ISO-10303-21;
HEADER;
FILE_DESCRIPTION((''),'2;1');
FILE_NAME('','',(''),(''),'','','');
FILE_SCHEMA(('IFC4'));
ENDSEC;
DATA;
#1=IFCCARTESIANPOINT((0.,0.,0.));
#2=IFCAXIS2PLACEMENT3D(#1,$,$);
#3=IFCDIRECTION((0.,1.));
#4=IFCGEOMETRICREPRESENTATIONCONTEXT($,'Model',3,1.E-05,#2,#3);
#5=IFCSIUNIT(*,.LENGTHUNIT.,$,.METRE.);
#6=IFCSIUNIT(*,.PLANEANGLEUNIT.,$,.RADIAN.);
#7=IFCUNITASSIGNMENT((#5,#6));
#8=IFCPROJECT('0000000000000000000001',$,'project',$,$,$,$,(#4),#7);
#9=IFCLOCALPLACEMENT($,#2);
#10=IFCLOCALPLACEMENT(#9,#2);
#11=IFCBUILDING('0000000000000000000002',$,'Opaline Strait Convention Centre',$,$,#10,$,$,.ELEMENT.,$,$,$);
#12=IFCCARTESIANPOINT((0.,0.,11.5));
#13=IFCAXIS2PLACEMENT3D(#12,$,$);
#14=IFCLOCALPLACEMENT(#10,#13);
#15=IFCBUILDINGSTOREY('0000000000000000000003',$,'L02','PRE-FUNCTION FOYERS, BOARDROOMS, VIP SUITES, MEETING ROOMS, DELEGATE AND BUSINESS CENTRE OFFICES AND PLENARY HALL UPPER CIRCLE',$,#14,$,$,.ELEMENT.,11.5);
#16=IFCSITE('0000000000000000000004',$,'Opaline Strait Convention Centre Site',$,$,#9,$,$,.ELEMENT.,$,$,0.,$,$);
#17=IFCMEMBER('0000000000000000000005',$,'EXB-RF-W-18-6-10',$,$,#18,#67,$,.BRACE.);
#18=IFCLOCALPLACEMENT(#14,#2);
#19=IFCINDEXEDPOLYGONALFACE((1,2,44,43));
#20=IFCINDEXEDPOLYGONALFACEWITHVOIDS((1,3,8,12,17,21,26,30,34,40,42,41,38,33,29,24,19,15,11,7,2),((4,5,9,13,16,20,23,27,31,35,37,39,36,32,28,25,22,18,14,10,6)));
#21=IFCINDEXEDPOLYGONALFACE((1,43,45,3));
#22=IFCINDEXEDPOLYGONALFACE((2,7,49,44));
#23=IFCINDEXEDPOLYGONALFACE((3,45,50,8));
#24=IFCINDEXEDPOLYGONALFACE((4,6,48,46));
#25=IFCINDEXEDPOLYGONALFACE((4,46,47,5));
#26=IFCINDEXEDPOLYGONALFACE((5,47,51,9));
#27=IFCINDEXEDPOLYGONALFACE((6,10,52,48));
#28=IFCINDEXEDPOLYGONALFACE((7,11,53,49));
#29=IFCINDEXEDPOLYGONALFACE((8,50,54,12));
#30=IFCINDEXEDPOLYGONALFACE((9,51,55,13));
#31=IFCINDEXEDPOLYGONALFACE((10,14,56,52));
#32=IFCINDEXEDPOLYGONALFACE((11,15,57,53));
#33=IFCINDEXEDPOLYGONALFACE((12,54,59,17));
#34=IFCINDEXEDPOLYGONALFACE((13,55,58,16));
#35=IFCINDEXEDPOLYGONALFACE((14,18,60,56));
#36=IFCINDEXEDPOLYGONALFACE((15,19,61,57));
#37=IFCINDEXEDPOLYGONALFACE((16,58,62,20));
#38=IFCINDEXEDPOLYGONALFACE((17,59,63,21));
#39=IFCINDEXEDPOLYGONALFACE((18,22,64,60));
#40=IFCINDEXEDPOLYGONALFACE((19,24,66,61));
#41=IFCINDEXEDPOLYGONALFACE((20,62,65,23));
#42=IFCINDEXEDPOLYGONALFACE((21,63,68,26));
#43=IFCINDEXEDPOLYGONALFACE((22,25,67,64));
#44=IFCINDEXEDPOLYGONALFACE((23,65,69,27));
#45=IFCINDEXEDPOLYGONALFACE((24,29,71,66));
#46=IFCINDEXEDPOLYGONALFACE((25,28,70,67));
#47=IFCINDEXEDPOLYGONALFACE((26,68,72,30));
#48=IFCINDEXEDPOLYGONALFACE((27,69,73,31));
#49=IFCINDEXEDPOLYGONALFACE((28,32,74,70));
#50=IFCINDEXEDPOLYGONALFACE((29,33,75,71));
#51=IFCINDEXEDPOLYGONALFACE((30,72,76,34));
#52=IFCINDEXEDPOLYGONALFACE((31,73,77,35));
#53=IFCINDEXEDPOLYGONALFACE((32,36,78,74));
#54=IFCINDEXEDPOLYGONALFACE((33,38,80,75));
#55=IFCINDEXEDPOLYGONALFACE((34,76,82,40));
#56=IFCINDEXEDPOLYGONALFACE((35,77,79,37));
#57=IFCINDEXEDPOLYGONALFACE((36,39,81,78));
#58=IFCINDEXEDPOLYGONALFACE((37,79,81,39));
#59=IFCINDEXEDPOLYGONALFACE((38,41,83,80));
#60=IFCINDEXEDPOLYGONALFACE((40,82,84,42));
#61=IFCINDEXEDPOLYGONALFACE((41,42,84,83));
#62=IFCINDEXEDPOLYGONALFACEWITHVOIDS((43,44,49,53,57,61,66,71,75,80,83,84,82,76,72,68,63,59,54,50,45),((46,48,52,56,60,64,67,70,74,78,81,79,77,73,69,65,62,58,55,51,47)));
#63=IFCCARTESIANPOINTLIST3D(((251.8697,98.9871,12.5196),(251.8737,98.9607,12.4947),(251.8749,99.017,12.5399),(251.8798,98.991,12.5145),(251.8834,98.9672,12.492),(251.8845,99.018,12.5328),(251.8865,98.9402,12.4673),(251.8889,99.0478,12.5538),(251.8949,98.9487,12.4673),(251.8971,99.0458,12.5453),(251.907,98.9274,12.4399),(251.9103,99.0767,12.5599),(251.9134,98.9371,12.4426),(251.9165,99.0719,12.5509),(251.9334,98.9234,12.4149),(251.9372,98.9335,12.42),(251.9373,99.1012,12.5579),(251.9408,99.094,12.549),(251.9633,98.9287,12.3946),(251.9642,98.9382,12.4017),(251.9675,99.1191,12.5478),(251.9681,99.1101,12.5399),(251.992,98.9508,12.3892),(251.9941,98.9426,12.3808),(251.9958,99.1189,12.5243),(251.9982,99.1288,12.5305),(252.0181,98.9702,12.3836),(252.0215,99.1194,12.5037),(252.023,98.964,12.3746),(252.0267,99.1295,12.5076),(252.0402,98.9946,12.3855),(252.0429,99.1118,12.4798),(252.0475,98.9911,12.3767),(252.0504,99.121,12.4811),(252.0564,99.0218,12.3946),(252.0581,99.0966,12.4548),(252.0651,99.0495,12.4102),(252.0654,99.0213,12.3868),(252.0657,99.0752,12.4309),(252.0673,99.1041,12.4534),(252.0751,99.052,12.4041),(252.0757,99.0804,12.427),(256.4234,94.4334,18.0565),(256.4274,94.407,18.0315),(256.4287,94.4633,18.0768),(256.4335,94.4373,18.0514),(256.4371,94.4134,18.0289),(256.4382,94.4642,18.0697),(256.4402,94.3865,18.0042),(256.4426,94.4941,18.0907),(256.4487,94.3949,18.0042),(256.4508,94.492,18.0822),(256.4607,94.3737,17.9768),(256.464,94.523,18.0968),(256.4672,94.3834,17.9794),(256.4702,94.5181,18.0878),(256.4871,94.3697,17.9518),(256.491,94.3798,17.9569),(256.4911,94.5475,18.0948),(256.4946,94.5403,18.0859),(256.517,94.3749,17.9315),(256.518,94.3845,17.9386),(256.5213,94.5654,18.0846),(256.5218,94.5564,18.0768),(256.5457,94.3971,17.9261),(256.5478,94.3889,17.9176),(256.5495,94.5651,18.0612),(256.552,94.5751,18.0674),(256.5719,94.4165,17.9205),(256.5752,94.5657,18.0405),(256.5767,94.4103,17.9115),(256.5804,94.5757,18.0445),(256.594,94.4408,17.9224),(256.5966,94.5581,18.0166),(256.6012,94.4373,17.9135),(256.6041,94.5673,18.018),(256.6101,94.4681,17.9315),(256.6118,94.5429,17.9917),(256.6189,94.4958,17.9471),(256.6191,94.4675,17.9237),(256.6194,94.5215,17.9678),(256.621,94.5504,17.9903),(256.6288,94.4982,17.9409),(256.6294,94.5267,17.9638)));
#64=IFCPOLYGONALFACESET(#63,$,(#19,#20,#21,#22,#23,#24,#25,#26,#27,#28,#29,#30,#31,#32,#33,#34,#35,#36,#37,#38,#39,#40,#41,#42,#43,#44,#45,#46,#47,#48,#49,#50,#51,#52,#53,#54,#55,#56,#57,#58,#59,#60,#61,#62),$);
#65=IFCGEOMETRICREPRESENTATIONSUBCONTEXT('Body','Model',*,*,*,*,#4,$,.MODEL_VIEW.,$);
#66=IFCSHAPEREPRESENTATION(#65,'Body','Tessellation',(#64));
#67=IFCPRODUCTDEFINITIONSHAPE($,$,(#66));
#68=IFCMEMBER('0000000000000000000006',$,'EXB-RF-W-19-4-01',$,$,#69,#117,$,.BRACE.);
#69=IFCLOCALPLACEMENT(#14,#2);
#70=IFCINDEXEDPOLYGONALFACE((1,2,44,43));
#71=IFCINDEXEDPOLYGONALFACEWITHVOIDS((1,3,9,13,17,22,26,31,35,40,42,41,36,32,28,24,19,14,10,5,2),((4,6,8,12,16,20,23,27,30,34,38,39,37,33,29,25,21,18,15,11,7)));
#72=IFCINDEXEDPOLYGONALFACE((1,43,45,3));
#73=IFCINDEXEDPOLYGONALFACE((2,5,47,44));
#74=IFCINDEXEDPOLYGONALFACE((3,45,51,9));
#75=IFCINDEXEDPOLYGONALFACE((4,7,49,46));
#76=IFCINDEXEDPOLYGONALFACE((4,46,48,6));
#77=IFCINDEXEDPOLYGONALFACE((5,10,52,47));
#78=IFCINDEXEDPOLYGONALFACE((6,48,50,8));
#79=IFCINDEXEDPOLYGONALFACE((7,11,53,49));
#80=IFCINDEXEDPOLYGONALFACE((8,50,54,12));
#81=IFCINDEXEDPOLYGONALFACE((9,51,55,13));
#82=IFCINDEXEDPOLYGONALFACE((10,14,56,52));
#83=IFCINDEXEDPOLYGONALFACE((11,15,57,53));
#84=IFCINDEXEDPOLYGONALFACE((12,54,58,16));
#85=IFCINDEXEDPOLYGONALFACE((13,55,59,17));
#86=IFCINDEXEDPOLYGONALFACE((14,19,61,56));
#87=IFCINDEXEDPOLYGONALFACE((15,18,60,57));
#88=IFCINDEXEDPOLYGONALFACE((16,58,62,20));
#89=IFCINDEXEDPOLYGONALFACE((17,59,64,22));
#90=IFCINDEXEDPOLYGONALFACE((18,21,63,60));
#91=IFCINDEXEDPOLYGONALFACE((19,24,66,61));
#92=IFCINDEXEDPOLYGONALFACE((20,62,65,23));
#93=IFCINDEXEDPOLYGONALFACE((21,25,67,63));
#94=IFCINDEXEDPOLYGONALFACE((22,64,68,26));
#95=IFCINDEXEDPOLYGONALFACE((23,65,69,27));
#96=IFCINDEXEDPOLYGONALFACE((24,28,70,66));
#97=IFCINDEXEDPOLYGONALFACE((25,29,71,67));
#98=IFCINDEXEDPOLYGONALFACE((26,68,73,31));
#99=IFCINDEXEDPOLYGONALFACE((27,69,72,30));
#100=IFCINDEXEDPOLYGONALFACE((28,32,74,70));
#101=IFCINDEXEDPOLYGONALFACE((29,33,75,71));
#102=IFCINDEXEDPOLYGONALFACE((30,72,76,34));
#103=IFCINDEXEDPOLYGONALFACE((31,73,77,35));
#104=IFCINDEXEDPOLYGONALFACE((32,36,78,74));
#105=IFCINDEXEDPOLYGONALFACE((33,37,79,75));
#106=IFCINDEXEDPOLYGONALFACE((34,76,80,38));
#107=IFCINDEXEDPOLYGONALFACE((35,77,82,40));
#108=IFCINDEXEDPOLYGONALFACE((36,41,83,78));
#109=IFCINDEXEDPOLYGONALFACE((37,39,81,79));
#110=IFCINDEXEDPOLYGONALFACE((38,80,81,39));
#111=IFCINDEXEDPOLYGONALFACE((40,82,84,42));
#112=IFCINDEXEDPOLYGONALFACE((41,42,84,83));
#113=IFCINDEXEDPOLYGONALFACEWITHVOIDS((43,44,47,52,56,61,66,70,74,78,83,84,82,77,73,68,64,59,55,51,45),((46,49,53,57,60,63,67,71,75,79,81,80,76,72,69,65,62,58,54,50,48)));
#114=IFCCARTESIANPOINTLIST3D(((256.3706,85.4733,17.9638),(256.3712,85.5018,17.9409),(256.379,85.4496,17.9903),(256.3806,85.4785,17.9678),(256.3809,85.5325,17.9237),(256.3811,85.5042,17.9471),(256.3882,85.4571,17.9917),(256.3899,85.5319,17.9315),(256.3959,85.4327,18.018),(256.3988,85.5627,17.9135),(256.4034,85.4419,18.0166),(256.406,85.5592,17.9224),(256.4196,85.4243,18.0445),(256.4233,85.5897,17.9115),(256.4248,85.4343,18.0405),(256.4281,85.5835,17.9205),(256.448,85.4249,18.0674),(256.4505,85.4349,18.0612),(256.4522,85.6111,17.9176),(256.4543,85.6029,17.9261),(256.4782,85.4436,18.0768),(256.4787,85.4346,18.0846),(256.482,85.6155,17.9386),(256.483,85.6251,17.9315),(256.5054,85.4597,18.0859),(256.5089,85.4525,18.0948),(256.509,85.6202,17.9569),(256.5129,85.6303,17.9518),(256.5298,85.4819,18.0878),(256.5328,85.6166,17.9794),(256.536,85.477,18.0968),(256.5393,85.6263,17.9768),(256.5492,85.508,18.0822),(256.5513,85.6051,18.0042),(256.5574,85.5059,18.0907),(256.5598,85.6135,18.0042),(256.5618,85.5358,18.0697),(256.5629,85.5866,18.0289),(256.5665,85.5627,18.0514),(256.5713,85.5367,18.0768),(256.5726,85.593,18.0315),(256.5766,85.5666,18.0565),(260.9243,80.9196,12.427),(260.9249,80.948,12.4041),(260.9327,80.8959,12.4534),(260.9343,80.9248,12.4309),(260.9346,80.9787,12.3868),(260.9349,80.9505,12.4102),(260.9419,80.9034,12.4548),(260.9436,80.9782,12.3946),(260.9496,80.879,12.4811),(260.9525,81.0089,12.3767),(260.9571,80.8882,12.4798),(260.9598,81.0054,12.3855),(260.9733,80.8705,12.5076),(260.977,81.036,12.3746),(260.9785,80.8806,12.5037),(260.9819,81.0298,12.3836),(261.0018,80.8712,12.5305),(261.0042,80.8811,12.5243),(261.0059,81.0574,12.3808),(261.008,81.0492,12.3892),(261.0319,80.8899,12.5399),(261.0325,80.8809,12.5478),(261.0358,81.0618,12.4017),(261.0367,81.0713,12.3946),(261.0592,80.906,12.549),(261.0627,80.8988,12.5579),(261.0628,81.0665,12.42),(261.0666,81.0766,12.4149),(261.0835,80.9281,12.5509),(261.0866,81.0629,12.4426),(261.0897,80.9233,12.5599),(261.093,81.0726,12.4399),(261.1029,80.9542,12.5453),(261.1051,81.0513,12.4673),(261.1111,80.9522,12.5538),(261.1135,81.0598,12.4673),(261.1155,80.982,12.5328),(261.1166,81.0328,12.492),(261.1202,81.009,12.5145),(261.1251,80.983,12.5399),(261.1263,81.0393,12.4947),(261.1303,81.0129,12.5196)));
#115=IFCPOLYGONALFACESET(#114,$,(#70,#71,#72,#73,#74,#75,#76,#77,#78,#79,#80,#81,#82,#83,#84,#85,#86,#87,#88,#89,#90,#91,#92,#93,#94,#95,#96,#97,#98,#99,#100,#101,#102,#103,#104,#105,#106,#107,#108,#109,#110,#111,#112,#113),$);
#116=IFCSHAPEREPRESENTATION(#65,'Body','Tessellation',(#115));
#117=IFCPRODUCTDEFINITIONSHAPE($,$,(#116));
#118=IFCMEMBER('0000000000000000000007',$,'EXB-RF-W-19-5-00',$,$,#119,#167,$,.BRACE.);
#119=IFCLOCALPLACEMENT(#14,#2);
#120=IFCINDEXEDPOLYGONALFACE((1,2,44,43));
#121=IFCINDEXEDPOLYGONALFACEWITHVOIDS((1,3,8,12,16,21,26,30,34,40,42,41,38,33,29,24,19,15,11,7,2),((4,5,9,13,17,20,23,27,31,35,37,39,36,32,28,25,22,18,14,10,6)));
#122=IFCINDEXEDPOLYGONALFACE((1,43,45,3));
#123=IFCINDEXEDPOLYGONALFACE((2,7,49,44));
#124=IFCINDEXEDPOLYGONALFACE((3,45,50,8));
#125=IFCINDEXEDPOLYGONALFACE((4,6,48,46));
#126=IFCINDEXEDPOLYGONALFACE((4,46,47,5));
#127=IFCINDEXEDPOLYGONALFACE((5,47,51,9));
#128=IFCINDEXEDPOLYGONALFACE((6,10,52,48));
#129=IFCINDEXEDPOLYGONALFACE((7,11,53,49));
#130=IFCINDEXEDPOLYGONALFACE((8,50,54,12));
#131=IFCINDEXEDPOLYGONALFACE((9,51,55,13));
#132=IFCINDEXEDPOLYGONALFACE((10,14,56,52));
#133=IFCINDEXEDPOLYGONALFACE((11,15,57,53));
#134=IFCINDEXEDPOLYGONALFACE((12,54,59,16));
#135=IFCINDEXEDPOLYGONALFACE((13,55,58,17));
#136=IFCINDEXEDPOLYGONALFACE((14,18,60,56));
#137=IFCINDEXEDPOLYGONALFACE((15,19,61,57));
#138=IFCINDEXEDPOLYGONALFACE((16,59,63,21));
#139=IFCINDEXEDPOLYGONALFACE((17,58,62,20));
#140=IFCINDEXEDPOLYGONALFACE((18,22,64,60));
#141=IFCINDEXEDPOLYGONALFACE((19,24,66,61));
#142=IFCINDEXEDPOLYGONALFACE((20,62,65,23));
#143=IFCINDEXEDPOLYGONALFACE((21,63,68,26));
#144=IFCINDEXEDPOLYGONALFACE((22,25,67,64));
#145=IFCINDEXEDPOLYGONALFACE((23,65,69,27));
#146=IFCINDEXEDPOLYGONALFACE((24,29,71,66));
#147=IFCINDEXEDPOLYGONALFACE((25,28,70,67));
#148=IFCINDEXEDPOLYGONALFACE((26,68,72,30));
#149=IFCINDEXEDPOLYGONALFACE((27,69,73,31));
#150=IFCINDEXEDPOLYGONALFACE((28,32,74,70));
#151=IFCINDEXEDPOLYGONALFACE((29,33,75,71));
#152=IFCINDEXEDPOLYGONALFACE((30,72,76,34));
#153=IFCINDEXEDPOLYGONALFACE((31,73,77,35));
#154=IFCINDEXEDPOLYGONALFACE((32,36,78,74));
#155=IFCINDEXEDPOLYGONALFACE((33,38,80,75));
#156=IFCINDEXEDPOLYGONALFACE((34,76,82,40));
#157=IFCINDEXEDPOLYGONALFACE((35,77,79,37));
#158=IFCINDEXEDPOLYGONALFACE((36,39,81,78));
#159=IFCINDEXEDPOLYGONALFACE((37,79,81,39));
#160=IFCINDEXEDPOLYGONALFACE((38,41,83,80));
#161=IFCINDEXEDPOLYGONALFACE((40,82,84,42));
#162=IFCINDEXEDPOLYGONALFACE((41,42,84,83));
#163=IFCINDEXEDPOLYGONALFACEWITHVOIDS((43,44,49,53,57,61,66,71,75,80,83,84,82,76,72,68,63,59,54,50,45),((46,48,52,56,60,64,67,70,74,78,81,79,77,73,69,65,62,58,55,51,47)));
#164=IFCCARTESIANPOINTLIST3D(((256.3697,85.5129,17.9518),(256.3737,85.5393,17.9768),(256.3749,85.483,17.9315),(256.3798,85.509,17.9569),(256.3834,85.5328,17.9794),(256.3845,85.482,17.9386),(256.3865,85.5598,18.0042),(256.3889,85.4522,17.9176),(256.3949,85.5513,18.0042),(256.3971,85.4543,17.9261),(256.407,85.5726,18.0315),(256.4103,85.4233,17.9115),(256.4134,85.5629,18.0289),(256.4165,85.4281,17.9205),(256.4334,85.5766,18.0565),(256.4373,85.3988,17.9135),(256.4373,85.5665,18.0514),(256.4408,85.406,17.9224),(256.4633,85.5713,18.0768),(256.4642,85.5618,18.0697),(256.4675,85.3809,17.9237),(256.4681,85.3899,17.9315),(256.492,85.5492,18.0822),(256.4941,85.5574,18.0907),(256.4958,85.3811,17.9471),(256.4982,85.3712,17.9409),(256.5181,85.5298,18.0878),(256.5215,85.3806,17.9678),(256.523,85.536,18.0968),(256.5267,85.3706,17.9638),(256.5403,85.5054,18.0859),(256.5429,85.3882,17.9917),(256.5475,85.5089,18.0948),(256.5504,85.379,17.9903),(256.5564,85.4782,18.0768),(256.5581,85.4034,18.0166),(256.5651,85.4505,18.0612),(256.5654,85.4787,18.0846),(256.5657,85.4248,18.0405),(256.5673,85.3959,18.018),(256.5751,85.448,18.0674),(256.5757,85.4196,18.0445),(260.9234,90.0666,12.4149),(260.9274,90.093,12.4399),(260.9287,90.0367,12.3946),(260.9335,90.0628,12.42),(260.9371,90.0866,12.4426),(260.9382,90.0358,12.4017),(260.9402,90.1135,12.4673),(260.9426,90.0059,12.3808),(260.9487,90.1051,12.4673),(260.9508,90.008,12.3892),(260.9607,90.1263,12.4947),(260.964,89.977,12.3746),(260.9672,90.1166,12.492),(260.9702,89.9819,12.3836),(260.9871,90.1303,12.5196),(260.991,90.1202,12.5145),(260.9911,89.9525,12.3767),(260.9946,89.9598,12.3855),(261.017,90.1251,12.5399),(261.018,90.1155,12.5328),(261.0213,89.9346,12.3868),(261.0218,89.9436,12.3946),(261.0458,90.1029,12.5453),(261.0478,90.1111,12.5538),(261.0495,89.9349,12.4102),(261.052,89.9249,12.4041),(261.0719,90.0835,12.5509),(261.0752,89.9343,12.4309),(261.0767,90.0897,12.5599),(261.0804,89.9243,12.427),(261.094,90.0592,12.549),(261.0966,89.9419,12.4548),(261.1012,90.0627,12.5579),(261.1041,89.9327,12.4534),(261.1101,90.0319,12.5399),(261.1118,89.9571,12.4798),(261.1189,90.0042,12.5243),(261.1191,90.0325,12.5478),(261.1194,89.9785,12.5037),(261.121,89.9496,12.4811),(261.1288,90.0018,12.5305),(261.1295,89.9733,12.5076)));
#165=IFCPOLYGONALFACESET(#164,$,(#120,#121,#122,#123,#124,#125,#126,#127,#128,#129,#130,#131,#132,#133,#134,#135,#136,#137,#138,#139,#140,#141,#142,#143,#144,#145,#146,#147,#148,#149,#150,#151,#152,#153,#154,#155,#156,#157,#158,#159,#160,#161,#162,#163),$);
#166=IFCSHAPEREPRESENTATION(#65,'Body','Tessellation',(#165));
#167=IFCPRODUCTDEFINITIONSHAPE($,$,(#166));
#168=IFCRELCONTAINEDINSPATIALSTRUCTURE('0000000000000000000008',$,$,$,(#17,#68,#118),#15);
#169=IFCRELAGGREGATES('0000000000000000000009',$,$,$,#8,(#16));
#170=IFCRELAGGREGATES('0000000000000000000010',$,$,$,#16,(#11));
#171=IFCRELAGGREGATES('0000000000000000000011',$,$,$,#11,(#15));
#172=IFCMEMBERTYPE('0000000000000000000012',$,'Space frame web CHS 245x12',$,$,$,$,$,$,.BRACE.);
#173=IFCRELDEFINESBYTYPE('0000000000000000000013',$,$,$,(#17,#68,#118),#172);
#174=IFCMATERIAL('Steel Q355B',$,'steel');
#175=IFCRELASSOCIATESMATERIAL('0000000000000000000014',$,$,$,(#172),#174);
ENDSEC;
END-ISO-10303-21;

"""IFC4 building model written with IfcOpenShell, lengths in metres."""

from ifc_helpers import new_model, si_unit, direction, frame, origin, origin_2d, place, context, subcontext, project, spatial, hollow_circle, extrude, material, material_profile, profile_set, type_object, element, save


model = new_model("IFC4")

# Units and contexts
model_context = context("Model", 3, precision=1e-05, world=origin(), true_north=direction((0.0, 1.0)))
body_context = subcontext(model_context, "Body", "Model", "MODEL_VIEW")
ifc_project = project(units=[si_unit("LENGTHUNIT", "METRE"), si_unit("PLANEANGLEUNIT", "RADIAN")], contexts=[model_context])

# Site, building, storey
site_placement = place(None, origin())
site = spatial("IfcSite", under=ifc_project, at=site_placement, Name="Opaline Strait Convention Centre Site", CompositionType="ELEMENT", RefElevation=0.0)
building_placement = place(site_placement, origin())
building = spatial("IfcBuilding", under=site, at=building_placement, Name="Opaline Strait Convention Centre", CompositionType="ELEMENT")
storey_placement = place(building_placement, frame((0.0, 0.0, 11.5)))
storey = spatial("IfcBuildingStorey", under=building, at=storey_placement, Name="L02", Description="PRE-FUNCTION FOYERS, BOARDROOMS, VIP SUITES, MEETING ROOMS, DELEGATE AND BUSINESS CENTRE OFFICES AND PLENARY HALL UPPER CIRCLE", CompositionType="ELEMENT", Elevation=11.5)

# Members
ifc_material = material(Name="Steel Q355B", Category="steel")
ifc_material_profile_1 = material_profile(ifc_material, hollow_circle(Radius=0.1226, WallThickness=0.012, at=origin_2d()), Name="CHS 245x12")
ifc_profile_set_1 = profile_set([ifc_material_profile_1], Name="Steel Q355B")
member_type_1 = type_object("IfcMemberType", Name="Space frame web CHS 245x12", PredefinedType="BRACE", material=ifc_profile_set_1)
for number, where, z_axis, x_axis, name in (
    (1, (256.5269, 94.4731, 18.0042), (-0.536178, 0.536178, -0.65194), (-0.707107, -0.707107, 0.0), "EXB-RF-W-18-6-10"),
    (2, (256.4731, 85.5269, 18.0042), (0.536178, -0.536178, -0.65194), (0.707107, 0.707107, 0.0), "EXB-RF-W-19-4-01"),
    (3, (256.4731, 85.4731, 18.0042), (0.536178, 0.536178, -0.65194), (-0.707107, 0.707107, 0.0), "EXB-RF-W-19-5-00"),
):
    element("IfcMember", number, at=place(storey_placement, frame(where, z_axis=z_axis, x_axis=x_axis)), inside=storey, type_object=member_type_1, Name=name, PredefinedType="BRACE", context=body_context, shape_type="SweptSolid", body=[
        extrude(hollow_circle(Radius=0.1226, WallThickness=0.012, at=origin_2d()), origin(), (0.0, 0.0, 1.0), 8.4929),
    ])

save(model, "model.ifc")
